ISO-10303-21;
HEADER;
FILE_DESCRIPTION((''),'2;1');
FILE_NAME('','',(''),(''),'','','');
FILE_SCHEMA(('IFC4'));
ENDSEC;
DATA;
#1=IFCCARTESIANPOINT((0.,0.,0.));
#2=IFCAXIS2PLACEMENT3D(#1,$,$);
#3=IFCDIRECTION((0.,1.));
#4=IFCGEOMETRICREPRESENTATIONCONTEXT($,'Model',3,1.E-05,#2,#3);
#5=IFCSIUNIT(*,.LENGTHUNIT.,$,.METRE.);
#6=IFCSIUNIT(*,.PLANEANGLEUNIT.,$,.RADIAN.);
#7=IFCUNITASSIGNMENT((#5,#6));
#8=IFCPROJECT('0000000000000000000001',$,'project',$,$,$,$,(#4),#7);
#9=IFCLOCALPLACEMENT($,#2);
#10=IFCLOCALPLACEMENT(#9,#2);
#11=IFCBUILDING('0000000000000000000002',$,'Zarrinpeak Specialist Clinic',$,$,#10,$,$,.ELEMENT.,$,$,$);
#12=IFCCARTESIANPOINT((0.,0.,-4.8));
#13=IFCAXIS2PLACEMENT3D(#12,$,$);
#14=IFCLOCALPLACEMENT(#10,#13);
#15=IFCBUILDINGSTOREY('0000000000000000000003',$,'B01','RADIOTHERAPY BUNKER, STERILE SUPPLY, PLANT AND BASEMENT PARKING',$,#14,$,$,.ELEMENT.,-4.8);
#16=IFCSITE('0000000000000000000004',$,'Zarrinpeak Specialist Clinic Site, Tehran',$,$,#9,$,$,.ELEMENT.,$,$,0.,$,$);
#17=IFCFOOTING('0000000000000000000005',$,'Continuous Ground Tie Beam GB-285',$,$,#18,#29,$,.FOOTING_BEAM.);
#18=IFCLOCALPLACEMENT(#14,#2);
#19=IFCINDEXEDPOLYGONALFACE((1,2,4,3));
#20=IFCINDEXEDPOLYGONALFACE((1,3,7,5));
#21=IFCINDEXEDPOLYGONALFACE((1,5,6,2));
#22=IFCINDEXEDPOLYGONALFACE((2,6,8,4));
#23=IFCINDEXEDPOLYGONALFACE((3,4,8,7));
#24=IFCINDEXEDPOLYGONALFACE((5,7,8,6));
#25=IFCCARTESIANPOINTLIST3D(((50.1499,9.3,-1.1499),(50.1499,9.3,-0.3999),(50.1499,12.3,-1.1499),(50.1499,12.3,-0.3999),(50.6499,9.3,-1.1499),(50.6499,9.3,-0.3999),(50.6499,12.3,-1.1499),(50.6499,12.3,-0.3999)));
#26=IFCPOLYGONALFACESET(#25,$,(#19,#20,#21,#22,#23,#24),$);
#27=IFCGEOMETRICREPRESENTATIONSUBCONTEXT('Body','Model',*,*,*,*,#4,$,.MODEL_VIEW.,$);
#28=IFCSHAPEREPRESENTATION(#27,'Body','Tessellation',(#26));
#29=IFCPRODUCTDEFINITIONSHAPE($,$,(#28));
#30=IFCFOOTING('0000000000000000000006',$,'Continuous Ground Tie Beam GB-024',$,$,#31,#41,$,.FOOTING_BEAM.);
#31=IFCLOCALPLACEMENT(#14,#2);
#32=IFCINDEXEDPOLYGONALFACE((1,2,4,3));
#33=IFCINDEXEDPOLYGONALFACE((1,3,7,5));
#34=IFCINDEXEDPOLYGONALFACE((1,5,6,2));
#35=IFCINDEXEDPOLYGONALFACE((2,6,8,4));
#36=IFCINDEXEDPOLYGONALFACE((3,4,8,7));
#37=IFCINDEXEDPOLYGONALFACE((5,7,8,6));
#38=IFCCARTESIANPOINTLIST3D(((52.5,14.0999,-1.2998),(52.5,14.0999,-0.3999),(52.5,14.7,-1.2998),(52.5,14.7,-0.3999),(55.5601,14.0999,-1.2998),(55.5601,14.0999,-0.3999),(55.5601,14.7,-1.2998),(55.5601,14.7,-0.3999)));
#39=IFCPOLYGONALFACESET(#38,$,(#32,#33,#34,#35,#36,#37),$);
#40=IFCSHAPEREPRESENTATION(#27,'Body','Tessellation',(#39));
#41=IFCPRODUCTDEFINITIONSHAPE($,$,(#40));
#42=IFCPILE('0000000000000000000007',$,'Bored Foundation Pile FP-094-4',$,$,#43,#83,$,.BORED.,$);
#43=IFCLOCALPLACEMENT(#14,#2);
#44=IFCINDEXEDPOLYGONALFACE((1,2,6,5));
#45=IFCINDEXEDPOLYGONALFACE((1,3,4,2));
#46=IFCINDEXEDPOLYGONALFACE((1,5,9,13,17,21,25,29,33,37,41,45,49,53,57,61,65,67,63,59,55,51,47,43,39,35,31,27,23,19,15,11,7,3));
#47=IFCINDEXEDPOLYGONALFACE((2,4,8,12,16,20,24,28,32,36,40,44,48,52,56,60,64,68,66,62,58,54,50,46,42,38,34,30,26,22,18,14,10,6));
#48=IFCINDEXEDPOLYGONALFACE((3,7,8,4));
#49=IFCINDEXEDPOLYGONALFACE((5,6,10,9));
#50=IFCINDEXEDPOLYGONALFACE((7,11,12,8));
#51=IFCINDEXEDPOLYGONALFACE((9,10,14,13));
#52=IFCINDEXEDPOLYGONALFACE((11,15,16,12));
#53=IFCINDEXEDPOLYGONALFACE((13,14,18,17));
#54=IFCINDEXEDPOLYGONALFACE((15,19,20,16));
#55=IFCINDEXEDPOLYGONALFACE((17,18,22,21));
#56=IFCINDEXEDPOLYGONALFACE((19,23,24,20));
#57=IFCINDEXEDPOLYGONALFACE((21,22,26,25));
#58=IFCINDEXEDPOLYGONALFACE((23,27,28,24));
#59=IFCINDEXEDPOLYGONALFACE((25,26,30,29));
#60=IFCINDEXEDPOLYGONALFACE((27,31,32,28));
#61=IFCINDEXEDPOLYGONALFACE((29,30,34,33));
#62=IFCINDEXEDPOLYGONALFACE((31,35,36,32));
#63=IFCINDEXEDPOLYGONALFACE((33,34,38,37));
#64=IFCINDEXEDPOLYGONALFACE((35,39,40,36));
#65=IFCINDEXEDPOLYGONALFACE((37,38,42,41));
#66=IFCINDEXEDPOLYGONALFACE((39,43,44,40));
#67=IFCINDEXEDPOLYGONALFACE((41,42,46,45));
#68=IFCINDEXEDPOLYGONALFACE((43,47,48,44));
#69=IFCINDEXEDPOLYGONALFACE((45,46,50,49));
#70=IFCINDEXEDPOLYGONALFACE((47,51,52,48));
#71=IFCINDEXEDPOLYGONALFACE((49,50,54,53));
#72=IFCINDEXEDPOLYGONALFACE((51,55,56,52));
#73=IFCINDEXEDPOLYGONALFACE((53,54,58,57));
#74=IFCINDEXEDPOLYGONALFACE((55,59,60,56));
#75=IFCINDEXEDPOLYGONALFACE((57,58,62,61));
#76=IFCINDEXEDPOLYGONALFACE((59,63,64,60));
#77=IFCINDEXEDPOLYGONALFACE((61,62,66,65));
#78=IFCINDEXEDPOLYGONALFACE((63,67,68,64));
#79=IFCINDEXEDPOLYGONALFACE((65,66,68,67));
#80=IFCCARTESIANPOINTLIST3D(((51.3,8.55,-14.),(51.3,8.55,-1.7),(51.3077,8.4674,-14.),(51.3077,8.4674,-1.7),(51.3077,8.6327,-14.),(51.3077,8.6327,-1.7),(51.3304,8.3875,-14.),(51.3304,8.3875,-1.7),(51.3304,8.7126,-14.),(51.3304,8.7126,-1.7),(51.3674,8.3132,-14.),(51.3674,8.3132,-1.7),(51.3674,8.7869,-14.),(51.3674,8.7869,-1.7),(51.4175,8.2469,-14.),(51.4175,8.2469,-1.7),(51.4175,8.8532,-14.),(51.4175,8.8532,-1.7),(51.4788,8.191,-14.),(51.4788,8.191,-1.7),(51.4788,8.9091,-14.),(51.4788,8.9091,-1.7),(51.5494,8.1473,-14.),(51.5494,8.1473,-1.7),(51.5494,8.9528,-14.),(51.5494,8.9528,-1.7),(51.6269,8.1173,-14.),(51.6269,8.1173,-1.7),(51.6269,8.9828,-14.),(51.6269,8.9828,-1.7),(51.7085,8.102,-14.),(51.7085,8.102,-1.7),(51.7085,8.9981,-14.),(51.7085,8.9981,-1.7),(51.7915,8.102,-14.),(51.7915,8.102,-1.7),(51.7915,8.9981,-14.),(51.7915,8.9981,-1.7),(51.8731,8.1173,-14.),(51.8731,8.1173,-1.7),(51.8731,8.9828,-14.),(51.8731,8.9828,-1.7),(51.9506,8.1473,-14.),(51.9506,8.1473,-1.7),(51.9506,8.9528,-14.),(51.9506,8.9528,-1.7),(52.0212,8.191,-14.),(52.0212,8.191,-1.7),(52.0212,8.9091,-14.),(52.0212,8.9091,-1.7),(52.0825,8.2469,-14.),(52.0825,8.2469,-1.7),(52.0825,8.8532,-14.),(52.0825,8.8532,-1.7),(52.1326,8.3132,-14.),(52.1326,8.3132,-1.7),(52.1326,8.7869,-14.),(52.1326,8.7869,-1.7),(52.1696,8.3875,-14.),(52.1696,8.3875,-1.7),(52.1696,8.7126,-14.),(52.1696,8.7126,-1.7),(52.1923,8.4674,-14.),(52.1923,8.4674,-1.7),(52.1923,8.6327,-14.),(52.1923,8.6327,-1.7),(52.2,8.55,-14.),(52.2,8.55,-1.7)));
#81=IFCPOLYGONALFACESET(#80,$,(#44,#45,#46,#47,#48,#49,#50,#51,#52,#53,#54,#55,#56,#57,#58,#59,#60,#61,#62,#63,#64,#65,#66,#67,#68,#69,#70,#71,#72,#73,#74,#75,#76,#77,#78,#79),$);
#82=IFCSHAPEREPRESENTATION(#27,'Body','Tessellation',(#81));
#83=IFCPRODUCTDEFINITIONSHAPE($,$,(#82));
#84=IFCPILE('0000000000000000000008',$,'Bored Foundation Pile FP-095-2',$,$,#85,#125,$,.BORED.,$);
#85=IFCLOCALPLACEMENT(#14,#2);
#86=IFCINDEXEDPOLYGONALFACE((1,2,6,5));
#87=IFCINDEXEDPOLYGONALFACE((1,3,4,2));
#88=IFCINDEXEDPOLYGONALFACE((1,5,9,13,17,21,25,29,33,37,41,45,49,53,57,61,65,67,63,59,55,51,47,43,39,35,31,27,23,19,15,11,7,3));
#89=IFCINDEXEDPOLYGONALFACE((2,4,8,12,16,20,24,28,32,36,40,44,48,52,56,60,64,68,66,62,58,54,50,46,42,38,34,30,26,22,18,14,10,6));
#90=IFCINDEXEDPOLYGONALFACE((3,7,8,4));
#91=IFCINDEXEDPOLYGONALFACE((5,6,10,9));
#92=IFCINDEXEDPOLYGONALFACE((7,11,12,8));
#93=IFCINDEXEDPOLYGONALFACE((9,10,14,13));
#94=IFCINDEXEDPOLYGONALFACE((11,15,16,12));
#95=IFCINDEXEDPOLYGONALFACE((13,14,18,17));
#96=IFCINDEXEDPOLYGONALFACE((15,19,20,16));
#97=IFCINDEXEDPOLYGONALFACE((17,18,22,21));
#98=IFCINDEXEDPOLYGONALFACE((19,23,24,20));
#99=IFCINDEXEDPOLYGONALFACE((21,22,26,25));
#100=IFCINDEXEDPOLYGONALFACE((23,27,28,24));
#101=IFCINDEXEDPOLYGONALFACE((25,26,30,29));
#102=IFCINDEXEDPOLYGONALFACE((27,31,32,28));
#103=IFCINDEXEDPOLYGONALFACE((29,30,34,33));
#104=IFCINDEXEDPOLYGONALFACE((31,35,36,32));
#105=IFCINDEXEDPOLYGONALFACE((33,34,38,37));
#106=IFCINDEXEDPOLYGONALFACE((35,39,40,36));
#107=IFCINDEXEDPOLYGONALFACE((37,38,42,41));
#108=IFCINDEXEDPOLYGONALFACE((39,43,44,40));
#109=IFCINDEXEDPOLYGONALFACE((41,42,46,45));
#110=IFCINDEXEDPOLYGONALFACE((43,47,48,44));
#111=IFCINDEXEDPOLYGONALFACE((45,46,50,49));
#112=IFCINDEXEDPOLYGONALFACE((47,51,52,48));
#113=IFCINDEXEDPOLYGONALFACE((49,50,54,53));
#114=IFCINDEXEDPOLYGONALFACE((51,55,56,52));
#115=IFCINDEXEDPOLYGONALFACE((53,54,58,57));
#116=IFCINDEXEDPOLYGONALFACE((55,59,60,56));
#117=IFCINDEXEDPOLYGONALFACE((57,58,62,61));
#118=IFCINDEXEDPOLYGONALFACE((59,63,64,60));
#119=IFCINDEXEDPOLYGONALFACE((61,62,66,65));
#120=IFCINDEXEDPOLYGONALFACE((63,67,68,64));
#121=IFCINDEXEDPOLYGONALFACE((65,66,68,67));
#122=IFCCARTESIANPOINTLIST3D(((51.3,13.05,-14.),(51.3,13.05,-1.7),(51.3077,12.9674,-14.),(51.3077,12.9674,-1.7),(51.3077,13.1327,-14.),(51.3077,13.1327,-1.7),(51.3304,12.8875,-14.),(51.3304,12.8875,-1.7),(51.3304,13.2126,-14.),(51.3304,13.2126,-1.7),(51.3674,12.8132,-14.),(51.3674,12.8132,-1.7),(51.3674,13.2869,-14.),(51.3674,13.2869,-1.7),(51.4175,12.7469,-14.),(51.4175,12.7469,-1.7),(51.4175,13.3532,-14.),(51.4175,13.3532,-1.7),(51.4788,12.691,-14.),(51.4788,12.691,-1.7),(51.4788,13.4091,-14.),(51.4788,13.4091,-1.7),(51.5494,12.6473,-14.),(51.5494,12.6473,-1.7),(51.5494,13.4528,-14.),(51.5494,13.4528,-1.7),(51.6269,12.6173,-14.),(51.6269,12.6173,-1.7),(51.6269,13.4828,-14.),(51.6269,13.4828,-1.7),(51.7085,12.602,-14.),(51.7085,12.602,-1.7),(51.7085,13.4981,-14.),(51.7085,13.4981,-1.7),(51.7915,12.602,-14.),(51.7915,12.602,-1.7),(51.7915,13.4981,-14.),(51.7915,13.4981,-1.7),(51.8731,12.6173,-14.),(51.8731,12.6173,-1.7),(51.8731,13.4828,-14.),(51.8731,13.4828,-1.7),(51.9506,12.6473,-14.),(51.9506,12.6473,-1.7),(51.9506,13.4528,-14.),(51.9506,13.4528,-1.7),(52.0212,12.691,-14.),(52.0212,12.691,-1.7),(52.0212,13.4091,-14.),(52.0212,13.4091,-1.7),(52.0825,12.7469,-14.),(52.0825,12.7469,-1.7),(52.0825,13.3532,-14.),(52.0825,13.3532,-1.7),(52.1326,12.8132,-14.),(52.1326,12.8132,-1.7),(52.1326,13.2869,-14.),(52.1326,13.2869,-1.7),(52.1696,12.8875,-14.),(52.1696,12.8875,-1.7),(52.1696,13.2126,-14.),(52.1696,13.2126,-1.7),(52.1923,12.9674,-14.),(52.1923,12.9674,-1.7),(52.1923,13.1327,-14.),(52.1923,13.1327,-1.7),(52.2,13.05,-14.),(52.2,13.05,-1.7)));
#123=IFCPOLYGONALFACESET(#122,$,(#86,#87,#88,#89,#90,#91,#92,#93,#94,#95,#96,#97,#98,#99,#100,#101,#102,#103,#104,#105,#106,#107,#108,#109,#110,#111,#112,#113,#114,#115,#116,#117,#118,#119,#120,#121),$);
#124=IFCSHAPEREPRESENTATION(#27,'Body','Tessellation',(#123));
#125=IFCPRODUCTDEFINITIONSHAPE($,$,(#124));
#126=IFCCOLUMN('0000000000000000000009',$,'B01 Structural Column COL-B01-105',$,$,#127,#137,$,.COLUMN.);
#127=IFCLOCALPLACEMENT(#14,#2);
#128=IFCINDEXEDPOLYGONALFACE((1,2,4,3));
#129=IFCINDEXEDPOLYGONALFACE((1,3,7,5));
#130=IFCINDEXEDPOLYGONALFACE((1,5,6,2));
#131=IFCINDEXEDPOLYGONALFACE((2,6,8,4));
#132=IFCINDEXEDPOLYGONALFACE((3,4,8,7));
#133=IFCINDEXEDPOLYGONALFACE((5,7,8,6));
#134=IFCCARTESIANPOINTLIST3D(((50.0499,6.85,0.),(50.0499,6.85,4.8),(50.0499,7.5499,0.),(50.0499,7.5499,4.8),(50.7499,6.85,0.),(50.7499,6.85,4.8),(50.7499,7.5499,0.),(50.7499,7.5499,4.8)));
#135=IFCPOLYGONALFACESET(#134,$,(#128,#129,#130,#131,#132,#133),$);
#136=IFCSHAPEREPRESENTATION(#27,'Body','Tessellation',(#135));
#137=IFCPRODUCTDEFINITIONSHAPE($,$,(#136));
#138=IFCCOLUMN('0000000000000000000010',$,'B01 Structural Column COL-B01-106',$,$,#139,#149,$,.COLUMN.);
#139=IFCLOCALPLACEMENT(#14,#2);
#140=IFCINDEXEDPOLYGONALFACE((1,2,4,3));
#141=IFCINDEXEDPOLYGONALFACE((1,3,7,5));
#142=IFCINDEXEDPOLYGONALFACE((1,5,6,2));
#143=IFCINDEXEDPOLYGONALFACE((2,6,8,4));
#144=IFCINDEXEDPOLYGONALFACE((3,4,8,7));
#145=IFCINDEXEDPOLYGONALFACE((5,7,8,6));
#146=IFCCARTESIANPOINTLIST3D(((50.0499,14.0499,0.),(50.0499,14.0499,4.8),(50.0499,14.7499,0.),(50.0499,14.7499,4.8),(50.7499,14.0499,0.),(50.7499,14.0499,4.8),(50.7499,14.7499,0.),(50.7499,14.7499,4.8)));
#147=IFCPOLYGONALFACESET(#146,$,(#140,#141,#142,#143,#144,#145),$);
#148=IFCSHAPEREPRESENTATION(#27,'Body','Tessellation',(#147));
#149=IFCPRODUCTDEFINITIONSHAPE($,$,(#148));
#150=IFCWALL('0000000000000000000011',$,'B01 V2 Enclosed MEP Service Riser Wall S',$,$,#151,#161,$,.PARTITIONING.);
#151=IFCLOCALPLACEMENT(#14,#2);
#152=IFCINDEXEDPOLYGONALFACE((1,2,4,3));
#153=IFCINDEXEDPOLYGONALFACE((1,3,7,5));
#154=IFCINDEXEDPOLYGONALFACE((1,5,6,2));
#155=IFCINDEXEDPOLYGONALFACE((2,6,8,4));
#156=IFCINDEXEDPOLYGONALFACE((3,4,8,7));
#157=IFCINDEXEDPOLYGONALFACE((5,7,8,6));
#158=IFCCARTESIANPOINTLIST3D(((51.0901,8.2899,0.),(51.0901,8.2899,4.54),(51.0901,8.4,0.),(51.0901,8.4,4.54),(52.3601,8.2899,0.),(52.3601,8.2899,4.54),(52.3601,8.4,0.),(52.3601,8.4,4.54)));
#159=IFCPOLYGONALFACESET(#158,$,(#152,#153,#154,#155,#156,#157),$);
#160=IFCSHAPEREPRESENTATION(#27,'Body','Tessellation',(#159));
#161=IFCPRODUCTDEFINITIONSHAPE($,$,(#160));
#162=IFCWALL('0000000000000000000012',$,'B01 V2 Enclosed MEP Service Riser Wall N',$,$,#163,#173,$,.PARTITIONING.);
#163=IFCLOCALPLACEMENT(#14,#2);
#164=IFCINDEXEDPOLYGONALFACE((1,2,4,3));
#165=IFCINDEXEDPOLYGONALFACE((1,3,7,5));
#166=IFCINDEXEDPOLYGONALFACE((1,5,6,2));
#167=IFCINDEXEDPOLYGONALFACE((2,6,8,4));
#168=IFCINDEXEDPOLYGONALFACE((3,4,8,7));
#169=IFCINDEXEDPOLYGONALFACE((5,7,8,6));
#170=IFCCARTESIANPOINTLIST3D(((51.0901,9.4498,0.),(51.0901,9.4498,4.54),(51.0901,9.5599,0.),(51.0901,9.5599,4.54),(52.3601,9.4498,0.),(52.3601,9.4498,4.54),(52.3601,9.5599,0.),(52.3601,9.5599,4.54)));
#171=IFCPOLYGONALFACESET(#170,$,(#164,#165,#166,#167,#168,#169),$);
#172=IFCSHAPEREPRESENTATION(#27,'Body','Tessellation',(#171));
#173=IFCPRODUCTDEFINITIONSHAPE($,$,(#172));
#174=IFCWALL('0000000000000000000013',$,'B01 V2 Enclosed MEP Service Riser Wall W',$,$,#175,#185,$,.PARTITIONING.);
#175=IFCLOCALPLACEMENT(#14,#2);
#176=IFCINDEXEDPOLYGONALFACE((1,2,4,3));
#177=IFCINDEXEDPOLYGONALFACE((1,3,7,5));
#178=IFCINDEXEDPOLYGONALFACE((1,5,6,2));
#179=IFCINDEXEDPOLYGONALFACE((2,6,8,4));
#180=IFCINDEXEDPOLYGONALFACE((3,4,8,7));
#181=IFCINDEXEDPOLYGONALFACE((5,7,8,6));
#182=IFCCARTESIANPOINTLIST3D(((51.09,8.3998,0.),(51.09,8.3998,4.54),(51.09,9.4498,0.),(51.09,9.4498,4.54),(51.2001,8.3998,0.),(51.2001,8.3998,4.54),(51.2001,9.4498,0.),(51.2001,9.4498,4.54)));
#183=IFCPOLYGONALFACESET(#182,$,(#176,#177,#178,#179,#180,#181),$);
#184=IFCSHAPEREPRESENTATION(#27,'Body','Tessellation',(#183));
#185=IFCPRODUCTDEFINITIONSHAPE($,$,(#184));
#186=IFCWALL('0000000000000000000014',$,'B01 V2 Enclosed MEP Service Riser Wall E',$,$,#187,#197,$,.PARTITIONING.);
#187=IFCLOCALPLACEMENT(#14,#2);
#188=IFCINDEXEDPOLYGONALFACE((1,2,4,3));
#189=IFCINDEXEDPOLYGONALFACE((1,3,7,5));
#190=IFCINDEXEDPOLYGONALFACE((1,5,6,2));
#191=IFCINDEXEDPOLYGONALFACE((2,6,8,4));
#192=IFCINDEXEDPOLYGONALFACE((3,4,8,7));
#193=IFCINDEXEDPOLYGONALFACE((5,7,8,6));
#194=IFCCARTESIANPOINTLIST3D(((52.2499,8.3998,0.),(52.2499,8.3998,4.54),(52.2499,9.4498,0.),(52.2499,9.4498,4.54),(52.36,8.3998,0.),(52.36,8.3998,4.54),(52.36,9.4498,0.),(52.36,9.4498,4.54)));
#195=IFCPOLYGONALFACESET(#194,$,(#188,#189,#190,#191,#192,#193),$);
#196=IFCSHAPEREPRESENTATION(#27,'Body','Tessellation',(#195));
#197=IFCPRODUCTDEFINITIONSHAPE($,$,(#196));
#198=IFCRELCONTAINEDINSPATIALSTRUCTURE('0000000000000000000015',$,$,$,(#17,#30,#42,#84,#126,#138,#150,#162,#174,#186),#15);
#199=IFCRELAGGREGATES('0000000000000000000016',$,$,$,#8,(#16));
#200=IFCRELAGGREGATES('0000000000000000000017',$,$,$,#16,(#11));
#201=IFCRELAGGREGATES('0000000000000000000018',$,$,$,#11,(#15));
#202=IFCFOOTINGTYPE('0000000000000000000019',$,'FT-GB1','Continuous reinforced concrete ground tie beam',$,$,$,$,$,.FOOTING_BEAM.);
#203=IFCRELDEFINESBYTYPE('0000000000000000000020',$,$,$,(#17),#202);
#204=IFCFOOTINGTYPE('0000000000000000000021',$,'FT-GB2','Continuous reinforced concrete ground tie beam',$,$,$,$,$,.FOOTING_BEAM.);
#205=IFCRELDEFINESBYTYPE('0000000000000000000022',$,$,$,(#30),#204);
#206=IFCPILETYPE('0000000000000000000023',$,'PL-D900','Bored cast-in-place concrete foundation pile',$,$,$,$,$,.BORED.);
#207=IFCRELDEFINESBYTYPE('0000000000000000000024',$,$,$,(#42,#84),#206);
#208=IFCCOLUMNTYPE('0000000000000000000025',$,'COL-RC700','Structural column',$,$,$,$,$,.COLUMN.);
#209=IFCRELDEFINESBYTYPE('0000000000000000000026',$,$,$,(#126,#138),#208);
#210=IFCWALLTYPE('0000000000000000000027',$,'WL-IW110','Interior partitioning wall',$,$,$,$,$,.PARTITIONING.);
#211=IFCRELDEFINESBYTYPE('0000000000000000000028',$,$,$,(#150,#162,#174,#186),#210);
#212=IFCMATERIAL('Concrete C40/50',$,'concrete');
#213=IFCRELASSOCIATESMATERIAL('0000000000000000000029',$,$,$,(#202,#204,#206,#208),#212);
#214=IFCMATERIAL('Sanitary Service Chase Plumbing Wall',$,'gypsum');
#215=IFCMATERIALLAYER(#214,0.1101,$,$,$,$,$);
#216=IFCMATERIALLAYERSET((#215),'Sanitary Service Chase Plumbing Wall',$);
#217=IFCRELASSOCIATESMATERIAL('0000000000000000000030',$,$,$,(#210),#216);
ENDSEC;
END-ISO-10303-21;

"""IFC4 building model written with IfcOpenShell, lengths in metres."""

from ifc_helpers import new_model, si_unit, direction, frame, frame_2d, origin, origin_2d, place, context, subcontext, project, spatial, rectangle, circle, extrude, material, layer, layer_set, material_profile, profile_set, type_object, element, save


model = new_model("IFC4")

# Units and contexts
model_context = context("Model", 3, precision=1e-05, world=origin(), true_north=direction((0.0, 1.0)))
body_context = subcontext(model_context, "Body", "Model", "MODEL_VIEW")
ifc_project = project(units=[si_unit("LENGTHUNIT", "METRE"), si_unit("PLANEANGLEUNIT", "RADIAN")], contexts=[model_context])

# Site, building, storey
site_placement = place(None, origin())
site = spatial("IfcSite", under=ifc_project, at=site_placement, Name="Zarrinpeak Specialist Clinic Site, Tehran", CompositionType="ELEMENT", RefElevation=0.0)
building_placement = place(site_placement, origin())
building = spatial("IfcBuilding", under=site, at=building_placement, Name="Zarrinpeak Specialist Clinic", CompositionType="ELEMENT")
storey_placement = place(building_placement, frame((0.0, 0.0, -4.8)))
storey = spatial("IfcBuildingStorey", under=building, at=storey_placement, Name="B01", Description="RADIOTHERAPY BUNKER, STERILE SUPPLY, PLANT AND BASEMENT PARKING", CompositionType="ELEMENT", Elevation=-4.8)

# Footings
ifc_material_1 = material(Name="Concrete C40/50", Category="concrete")
ifc_material_profile_1 = material_profile(ifc_material_1, rectangle(XDim=0.5, YDim=0.75, at=origin_2d()), Name="RC 500x750")
ifc_profile_set_1 = profile_set([ifc_material_profile_1], Name="Concrete C40/50")
footing_type_1 = type_object("IfcFootingType", Name="FT-GB1", Description="Continuous reinforced concrete ground tie beam", PredefinedType="FOOTING_BEAM", material=ifc_profile_set_1)
footing_1_placement = place(storey_placement, frame((50.3999, 9.3, -0.7749), z_axis=(0.0, 1.0, 0.0), x_axis=(-1.0, 0.0, 0.0)))
element("IfcFooting", 1, at=footing_1_placement, inside=storey, type_object=footing_type_1, Name="Continuous Ground Tie Beam GB-285", PredefinedType="FOOTING_BEAM", context=body_context, shape_type="SweptSolid", body=[
    extrude(rectangle(XDim=0.5, YDim=0.75, at=origin_2d()), origin(), (0.0, 0.0, 1.0), 3.0),
])
ifc_material_profile_2 = material_profile(ifc_material_1, rectangle(XDim=0.6001, YDim=0.8999, at=origin_2d()), Name="RC 600x900")
ifc_profile_set_2 = profile_set([ifc_material_profile_2], Name="Concrete C40/50")
footing_type_2 = type_object("IfcFootingType", Name="FT-GB2", Description="Continuous reinforced concrete ground tie beam", PredefinedType="FOOTING_BEAM", material=ifc_profile_set_2)
footing_2_placement = place(storey_placement, frame((52.5, 14.3999, -0.8499), z_axis=(1.0, 0.0, 0.0), x_axis=(0.0, 1.0, 0.0)))
element("IfcFooting", 2, at=footing_2_placement, inside=storey, type_object=footing_type_2, Name="Continuous Ground Tie Beam GB-024", PredefinedType="FOOTING_BEAM", context=body_context, shape_type="SweptSolid", body=[
    extrude(rectangle(XDim=0.6001, YDim=0.8999, at=origin_2d()), origin(), (0.0, 0.0, 1.0), 3.0601),
])

# Piles
ifc_material_profile_3 = material_profile(ifc_material_1, circle(Radius=0.45, at=origin_2d()), Name="BORED PILE D900")
ifc_profile_set_3 = profile_set([ifc_material_profile_3], Name="Concrete C40/50")
pile_type = type_object("IfcPileType", Name="PL-D900", Description="Bored cast-in-place concrete foundation pile", PredefinedType="BORED", material=ifc_profile_set_3)
for number, where, z_axis, x_axis, name in (
    (3, (51.75, 8.55, -1.7), (0.0, 0.0, -1.0), (1.0, 0.0, 0.0), "Bored Foundation Pile FP-094-4"),
    (4, (51.75, 13.05, -1.7), (0.0, 0.0, -1.0), (1.0, 0.0, 0.0), "Bored Foundation Pile FP-095-2"),
):
    element("IfcPile", number, at=place(storey_placement, frame(where, z_axis=z_axis, x_axis=x_axis)), inside=storey, type_object=pile_type, Name=name, PredefinedType="BORED", context=body_context, shape_type="SweptSolid", body=[
        extrude(circle(Radius=0.45, at=origin_2d()), origin(), (0.0, 0.0, 1.0), 12.3),
    ])

# Columns
ifc_material_profile_4 = material_profile(ifc_material_1, rectangle(XDim=0.7, YDim=0.7, at=origin_2d()), Name="RC 700x700")
ifc_profile_set_4 = profile_set([ifc_material_profile_4], Name="Concrete C40/50")
column_type = type_object("IfcColumnType", Name="COL-RC700", Description="Structural column", PredefinedType="COLUMN", material=ifc_profile_set_4)
for number, where, z_axis, x_axis, name in (
    (5, (50.3999, 7.2, 0.0), (0.0, 0.0, 1.0), (1.0, 0.0, 0.0), "B01 Structural Column COL-B01-105"),
    (6, (50.3999, 14.3999, 0.0), (0.0, 0.0, 1.0), (1.0, 0.0, 0.0), "B01 Structural Column COL-B01-106"),
):
    element("IfcColumn", number, at=place(storey_placement, frame(where, z_axis=z_axis, x_axis=x_axis)), inside=storey, type_object=column_type, Name=name, PredefinedType="COLUMN", context=body_context, shape_type="SweptSolid", body=[
        extrude(rectangle(XDim=0.7, YDim=0.7, at=origin_2d()), origin(), (0.0, 0.0, 1.0), 4.8),
    ])

# Walls
ifc_material_2 = material(Name="Sanitary Service Chase Plumbing Wall", Category="gypsum")
ifc_layer_1 = layer(ifc_material_2, 0.1101)
ifc_layer_set_1 = layer_set([ifc_layer_1], Name="Sanitary Service Chase Plumbing Wall")
wall_type_1 = type_object("IfcWallType", Name="WL-IW110", Description="Interior partitioning wall", PredefinedType="PARTITIONING", material=ifc_layer_set_1)
for number, where, z_axis, x_axis, name in (
    (7, (51.0901, 8.345, 0.0), (0.0, 0.0, 1.0), (1.0, 0.0, 0.0), "B01 V2 Enclosed MEP Service Riser Wall S"),
    (8, (51.0901, 9.5049, 0.0), (0.0, 0.0, 1.0), (1.0, 0.0, 0.0), "B01 V2 Enclosed MEP Service Riser Wall N"),
):
    element("IfcWall", number, at=place(storey_placement, frame(where, z_axis=z_axis, x_axis=x_axis)), inside=storey, type_object=wall_type_1, Name=name, PredefinedType="PARTITIONING", context=body_context, shape_type="SweptSolid", body=[
        extrude(rectangle(XDim=1.27, YDim=0.1101, at=frame_2d((0.635, 0.0))), origin(), (0.0, 0.0, 1.0), 4.54),
    ])
for number, where, z_axis, x_axis, name in (
    (9, (51.145, 8.3999, 0.0), (0.0, 0.0, 1.0), (0.0, 1.0, 0.0), "B01 V2 Enclosed MEP Service Riser Wall W"),
    (10, (52.3049, 8.3999, 0.0), (0.0, 0.0, 1.0), (0.0, 1.0, 0.0), "B01 V2 Enclosed MEP Service Riser Wall E"),
):
    element("IfcWall", number, at=place(storey_placement, frame(where, z_axis=z_axis, x_axis=x_axis)), inside=storey, type_object=wall_type_1, Name=name, PredefinedType="PARTITIONING", context=body_context, shape_type="SweptSolid", body=[
        extrude(rectangle(XDim=1.05, YDim=0.1101, at=frame_2d((0.5249, 0.0))), origin(), (0.0, 0.0, 1.0), 4.54),
    ])

save(model, "model.ifc")
